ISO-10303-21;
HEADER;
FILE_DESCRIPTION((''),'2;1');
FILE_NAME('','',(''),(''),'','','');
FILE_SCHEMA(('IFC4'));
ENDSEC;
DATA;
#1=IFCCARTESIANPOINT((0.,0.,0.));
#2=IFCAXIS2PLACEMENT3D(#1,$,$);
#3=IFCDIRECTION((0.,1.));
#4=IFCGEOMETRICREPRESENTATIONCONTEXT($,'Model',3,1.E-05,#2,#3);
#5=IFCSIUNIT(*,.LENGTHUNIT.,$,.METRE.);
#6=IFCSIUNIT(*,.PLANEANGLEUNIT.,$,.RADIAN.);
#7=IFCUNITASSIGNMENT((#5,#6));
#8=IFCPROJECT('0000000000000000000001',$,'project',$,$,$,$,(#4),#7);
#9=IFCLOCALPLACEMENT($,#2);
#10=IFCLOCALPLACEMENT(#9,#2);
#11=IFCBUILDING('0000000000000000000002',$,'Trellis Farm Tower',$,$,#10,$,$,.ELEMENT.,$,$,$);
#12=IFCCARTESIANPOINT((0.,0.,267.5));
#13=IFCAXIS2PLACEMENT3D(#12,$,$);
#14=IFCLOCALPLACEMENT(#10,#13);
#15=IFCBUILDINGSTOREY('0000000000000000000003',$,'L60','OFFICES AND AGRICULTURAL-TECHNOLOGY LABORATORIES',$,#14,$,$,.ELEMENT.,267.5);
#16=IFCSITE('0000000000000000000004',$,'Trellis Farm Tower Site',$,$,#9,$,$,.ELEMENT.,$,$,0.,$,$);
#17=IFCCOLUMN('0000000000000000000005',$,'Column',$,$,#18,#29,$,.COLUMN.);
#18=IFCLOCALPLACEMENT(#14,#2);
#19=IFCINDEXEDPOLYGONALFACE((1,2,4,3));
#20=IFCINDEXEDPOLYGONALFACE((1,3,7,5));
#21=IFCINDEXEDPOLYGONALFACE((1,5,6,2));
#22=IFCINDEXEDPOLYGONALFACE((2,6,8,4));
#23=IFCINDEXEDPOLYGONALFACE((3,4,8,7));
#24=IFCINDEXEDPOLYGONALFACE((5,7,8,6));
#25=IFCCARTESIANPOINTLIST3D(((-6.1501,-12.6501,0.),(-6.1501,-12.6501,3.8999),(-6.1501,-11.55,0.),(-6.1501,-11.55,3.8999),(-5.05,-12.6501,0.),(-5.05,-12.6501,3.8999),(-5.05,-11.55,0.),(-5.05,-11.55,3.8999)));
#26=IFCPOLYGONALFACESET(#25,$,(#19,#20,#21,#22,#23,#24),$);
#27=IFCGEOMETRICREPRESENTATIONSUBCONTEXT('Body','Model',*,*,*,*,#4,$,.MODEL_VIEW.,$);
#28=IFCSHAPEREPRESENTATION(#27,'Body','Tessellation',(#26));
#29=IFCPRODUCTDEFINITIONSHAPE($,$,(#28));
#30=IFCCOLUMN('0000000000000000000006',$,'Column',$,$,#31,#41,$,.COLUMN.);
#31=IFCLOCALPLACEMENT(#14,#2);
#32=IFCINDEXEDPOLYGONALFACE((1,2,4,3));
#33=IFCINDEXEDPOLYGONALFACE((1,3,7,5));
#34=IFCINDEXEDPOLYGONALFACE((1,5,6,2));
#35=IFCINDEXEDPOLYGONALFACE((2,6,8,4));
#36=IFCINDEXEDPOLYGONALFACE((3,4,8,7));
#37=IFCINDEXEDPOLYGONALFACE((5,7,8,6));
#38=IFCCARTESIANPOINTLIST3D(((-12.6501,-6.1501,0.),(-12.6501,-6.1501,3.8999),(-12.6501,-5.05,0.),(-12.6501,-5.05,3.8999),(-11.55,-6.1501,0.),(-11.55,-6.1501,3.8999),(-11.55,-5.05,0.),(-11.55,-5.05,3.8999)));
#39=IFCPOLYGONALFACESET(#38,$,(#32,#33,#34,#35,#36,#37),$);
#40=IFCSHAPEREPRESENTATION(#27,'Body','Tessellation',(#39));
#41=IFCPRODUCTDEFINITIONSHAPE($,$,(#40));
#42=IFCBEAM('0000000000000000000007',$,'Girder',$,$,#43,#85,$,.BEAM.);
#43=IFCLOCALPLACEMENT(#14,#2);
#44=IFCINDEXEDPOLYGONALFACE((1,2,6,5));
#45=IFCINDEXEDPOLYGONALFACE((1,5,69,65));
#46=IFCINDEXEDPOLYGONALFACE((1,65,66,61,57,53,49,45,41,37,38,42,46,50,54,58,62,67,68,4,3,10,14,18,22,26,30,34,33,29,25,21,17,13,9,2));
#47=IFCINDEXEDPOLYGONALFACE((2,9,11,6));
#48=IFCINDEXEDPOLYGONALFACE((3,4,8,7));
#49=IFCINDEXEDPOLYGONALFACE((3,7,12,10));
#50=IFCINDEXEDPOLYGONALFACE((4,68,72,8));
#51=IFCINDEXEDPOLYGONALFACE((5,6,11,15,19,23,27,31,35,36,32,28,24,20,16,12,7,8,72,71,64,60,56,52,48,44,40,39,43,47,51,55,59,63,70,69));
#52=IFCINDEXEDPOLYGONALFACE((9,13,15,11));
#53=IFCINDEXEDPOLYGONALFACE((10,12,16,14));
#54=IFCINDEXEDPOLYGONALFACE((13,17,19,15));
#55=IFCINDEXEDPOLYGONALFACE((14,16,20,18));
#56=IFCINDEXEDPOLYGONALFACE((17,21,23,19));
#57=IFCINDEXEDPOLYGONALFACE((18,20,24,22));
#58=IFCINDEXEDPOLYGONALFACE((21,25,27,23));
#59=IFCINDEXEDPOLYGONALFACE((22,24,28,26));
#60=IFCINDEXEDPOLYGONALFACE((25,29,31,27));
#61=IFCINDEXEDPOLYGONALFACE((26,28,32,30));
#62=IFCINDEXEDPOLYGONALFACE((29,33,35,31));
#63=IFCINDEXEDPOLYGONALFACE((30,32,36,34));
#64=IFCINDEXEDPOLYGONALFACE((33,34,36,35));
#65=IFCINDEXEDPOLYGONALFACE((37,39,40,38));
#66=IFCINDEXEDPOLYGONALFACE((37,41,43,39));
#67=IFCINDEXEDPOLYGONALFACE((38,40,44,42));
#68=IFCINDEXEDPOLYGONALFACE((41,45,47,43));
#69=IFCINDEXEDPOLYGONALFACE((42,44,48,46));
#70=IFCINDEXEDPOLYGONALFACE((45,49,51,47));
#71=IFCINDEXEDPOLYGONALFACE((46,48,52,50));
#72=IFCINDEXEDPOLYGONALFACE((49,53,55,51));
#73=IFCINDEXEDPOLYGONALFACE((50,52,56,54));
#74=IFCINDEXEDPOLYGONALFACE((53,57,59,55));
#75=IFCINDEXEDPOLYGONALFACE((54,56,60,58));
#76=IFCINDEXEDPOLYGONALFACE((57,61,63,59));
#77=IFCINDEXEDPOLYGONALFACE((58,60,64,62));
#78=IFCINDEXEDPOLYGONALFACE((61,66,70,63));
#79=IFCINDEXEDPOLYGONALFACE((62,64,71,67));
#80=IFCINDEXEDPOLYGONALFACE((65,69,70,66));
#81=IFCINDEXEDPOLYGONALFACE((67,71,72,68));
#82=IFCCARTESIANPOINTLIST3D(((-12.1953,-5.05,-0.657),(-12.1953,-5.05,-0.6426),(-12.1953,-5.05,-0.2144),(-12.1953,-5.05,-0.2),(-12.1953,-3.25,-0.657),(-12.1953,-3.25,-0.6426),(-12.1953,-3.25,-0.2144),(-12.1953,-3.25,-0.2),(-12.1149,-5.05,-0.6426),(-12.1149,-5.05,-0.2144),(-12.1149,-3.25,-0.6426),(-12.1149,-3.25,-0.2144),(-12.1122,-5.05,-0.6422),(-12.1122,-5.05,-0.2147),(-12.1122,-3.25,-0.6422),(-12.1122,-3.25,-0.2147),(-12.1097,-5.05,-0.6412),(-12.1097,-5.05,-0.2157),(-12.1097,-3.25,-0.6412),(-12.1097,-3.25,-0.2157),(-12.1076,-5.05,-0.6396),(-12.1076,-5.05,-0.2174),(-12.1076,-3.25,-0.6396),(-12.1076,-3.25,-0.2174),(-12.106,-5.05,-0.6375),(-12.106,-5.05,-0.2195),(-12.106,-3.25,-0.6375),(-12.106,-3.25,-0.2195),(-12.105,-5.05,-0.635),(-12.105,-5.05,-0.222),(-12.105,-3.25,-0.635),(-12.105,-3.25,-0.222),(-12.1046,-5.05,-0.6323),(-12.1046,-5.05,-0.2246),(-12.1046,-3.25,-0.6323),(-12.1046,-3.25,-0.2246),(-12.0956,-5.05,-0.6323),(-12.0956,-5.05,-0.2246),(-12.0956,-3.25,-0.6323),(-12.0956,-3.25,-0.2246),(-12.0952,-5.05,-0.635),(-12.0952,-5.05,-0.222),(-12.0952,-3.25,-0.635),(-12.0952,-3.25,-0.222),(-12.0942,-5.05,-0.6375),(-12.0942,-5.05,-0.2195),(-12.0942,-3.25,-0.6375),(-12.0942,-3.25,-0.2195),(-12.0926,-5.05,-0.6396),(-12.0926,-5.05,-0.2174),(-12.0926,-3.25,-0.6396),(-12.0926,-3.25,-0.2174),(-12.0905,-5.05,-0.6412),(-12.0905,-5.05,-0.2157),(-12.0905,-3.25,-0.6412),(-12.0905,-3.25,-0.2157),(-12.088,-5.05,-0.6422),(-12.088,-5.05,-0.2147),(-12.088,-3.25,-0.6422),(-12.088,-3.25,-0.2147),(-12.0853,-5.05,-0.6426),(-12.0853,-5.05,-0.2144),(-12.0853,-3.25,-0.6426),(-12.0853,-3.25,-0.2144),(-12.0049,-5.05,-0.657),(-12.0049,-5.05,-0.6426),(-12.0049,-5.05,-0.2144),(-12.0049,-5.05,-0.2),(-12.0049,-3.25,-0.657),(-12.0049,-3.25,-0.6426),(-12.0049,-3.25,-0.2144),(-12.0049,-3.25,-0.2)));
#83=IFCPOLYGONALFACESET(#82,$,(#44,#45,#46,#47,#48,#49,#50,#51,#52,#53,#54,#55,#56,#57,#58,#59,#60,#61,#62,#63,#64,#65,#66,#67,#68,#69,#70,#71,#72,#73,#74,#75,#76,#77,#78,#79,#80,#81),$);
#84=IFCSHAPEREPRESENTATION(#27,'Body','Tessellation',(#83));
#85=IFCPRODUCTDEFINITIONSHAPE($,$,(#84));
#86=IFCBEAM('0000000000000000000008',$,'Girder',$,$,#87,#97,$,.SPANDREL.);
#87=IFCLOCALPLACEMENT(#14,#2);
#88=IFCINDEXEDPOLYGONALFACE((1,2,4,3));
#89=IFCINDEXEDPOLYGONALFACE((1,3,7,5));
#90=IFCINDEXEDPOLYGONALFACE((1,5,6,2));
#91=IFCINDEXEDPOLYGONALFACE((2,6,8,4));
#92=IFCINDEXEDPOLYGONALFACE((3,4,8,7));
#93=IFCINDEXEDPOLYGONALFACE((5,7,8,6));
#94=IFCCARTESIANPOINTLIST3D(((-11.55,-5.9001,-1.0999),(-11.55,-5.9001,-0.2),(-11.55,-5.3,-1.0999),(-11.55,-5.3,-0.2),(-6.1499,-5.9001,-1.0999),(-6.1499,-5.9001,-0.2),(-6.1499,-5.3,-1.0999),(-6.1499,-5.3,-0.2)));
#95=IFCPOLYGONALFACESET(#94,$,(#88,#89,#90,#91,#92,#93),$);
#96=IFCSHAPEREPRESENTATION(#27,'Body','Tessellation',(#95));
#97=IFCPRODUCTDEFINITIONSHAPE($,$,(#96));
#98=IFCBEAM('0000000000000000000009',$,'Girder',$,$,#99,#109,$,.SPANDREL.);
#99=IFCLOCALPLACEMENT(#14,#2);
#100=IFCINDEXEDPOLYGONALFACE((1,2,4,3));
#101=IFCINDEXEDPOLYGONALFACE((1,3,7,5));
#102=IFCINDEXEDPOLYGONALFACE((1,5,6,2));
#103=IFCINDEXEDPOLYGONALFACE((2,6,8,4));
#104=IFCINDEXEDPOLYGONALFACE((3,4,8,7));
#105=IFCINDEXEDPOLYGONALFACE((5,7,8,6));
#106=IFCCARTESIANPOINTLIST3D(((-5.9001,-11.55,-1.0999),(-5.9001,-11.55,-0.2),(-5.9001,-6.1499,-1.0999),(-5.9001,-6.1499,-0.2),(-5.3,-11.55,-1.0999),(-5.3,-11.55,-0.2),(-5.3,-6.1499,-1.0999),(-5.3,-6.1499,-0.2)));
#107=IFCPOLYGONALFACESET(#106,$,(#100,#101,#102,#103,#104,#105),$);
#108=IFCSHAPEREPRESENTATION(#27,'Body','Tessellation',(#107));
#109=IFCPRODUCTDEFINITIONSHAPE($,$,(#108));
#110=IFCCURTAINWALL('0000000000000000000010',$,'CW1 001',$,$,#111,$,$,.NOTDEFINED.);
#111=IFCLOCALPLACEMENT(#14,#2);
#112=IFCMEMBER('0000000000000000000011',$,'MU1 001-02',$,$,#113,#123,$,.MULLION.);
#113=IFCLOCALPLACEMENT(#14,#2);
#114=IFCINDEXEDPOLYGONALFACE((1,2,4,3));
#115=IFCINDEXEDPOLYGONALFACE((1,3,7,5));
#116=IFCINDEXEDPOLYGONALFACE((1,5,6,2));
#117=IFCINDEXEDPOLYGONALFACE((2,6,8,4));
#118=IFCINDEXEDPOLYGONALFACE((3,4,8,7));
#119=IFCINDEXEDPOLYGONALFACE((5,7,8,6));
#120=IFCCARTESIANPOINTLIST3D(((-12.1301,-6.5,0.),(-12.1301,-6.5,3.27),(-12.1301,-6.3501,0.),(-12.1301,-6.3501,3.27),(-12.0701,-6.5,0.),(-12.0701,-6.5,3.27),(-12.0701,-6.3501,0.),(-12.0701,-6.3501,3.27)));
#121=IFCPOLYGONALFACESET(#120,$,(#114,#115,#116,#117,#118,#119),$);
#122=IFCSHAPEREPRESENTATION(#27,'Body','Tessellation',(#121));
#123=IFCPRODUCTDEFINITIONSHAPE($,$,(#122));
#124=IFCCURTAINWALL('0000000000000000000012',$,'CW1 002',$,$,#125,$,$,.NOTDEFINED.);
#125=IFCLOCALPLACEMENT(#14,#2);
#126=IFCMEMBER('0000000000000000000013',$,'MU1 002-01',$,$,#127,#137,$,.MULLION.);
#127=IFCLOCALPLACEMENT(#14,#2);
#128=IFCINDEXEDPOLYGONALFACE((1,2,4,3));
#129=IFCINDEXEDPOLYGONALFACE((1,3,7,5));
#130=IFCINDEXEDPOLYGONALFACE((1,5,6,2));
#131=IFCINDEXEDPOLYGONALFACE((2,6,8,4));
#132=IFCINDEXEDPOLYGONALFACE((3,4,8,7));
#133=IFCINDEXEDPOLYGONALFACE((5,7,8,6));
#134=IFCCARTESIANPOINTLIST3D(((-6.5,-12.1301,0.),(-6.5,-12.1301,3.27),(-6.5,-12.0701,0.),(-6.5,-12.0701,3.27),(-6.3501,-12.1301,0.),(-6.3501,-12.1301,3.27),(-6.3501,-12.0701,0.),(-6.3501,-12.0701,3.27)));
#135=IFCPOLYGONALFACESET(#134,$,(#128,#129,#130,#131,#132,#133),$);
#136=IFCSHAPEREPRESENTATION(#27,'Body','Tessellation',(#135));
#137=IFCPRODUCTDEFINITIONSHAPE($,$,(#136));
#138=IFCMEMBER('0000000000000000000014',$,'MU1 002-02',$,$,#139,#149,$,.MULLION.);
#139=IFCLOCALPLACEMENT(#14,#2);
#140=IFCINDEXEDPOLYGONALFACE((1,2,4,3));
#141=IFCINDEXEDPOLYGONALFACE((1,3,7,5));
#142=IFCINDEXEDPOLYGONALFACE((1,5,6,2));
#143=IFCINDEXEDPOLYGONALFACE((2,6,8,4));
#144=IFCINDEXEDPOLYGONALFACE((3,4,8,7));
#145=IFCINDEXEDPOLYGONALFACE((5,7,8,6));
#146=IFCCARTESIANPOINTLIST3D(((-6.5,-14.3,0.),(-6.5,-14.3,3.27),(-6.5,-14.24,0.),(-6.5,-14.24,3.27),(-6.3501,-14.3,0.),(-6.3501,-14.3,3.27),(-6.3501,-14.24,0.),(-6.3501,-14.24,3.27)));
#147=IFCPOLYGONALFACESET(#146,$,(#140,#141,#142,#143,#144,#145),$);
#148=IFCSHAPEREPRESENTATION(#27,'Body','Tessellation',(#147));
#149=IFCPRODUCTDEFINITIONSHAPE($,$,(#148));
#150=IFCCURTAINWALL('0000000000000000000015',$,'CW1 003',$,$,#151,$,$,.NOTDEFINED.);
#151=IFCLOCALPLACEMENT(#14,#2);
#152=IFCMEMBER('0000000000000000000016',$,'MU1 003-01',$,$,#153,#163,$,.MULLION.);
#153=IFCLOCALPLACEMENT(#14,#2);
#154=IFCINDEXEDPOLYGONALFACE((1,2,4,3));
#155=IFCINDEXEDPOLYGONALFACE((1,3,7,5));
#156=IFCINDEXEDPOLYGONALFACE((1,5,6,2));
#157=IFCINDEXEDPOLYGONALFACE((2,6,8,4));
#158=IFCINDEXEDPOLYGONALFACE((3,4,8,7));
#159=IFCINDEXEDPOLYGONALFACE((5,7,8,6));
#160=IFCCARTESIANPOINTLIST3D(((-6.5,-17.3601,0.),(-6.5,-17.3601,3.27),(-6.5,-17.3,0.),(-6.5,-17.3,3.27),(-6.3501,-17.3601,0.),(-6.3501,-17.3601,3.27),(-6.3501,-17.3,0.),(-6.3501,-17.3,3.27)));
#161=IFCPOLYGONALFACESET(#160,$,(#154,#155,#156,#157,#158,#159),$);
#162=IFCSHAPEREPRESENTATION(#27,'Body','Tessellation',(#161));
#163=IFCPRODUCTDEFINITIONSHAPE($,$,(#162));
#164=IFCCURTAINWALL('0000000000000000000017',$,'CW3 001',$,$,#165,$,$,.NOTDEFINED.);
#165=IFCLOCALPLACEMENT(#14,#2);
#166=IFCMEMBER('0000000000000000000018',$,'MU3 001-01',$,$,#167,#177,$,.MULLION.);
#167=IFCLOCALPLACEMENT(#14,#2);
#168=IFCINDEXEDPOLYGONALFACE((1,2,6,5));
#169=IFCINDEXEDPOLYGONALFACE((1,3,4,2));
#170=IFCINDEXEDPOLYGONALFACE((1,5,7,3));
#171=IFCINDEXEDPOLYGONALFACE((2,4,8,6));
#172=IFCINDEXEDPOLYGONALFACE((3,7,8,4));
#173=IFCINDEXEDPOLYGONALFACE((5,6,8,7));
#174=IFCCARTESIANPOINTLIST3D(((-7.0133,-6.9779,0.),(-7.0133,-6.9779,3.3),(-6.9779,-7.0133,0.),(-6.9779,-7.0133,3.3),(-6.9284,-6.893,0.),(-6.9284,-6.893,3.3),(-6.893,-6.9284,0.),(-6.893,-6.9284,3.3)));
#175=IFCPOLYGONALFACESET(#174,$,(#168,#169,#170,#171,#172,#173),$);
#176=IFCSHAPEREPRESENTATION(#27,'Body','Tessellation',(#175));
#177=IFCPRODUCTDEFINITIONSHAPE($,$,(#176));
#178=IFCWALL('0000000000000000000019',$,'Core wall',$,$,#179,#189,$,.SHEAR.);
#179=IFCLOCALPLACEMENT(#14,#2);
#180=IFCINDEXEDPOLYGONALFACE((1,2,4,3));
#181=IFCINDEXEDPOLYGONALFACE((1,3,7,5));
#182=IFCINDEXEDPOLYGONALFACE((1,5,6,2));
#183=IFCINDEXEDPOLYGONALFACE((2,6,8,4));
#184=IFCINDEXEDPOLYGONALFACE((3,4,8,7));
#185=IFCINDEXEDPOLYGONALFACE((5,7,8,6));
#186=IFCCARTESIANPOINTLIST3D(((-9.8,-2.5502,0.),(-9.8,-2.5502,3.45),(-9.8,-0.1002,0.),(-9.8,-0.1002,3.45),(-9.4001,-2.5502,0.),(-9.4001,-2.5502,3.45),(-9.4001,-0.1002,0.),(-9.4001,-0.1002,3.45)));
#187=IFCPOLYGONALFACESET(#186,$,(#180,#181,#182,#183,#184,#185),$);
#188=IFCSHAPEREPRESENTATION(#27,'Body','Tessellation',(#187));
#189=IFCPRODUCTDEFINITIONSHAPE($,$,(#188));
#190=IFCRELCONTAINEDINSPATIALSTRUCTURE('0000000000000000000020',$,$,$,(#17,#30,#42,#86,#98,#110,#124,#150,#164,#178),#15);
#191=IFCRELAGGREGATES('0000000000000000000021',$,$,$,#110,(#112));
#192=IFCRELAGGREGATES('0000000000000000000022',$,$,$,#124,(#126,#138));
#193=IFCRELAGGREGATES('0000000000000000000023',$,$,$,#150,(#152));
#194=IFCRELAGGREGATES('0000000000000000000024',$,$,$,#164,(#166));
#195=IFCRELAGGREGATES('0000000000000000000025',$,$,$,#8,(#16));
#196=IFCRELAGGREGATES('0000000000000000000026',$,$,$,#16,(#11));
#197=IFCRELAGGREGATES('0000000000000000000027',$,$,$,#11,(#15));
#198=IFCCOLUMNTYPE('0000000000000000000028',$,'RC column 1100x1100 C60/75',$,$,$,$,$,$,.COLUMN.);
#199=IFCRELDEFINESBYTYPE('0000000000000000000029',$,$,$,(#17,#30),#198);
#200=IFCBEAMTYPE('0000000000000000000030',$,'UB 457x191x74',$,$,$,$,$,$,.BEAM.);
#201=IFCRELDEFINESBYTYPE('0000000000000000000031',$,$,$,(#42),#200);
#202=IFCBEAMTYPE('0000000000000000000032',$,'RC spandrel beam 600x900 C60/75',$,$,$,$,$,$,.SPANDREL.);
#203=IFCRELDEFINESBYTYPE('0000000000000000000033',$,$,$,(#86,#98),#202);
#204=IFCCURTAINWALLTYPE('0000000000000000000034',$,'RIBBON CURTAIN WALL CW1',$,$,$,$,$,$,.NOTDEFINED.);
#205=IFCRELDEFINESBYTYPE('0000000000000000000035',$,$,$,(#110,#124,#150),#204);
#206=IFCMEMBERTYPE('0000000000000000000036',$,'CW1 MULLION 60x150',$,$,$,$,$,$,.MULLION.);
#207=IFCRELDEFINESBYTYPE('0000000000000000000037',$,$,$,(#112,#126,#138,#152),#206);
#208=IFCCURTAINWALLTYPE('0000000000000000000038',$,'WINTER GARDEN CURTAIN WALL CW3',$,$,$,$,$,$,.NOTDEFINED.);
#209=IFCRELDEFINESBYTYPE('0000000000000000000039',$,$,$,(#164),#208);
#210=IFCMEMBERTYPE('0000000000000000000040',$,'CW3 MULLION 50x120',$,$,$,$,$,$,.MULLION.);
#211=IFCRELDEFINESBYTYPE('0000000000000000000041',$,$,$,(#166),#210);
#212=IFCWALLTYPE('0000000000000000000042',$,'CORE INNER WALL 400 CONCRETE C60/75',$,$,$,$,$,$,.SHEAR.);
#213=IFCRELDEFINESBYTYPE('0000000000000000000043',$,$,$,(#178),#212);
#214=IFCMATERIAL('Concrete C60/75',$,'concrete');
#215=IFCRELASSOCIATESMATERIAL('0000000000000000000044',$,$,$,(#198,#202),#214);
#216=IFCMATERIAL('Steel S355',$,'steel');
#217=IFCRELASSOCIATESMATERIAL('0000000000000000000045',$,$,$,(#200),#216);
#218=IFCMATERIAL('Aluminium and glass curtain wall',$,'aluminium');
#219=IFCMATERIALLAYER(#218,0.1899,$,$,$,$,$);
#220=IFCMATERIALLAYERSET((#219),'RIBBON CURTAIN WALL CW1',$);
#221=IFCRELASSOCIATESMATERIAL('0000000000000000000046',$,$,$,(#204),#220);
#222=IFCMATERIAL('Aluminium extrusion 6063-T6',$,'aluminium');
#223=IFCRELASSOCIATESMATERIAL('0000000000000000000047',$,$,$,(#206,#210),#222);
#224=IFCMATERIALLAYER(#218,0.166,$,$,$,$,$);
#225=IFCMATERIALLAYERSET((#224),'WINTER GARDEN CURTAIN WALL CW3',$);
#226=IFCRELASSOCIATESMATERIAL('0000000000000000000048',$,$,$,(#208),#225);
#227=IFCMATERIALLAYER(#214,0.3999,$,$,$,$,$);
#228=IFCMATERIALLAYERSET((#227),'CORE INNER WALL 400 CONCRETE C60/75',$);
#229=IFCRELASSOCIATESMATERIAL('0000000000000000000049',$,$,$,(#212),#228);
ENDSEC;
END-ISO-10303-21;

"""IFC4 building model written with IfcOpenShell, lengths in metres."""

from ifc_helpers import new_model, si_unit, direction, frame, frame_2d, origin, origin_2d, place, context, subcontext, project, spatial, rectangle, i_section, extrude, source, transform, mapped, material, layer, layer_set, material_profile, profile_set, type_object, element, aggregate, save


model = new_model("IFC4")

# Units and contexts
model_context = context("Model", 3, precision=1e-05, world=origin(), true_north=direction((0.0, 1.0)))
body_context = subcontext(model_context, "Body", "Model", "MODEL_VIEW")
ifc_project = project(units=[si_unit("LENGTHUNIT", "METRE"), si_unit("PLANEANGLEUNIT", "RADIAN")], contexts=[model_context])

# Site, building, storey
site_placement = place(None, origin())
site = spatial("IfcSite", under=ifc_project, at=site_placement, Name="Trellis Farm Tower Site", CompositionType="ELEMENT", RefElevation=0.0)
building_placement = place(site_placement, origin())
building = spatial("IfcBuilding", under=site, at=building_placement, Name="Trellis Farm Tower", CompositionType="ELEMENT")
storey_placement = place(building_placement, frame((0.0, 0.0, 267.5)))
storey = spatial("IfcBuildingStorey", under=building, at=storey_placement, Name="L60", Description="OFFICES AND AGRICULTURAL-TECHNOLOGY LABORATORIES", CompositionType="ELEMENT", Elevation=267.5)

# Columns
ifc_material_1 = material(Name="Concrete C60/75", Category="concrete")
ifc_material_profile_1 = material_profile(ifc_material_1, rectangle(XDim=1.1001, YDim=1.1001, at=origin_2d()), Name="RC column 1100x1100 C60/75")
ifc_profile_set_1 = profile_set([ifc_material_profile_1], Name="Concrete C60/75")
column_type = type_object("IfcColumnType", Name="RC column 1100x1100 C60/75", PredefinedType="COLUMN", material=ifc_profile_set_1)
shared_shape_1 = source(origin(), body_context, "Body", "SweptSolid", [
    extrude(rectangle(XDim=1.1001, YDim=1.1001, at=origin_2d()), origin(), (0.0, 0.0, 1.0), 3.8999),
])
for number, where, z_axis, x_axis, name in (
    (1, (-5.6001, -12.1001, 0.0), (0.0, 0.0, 1.0), (1.0, 0.0, 0.0), "Column"),
    (2, (-12.1001, -5.6001, 0.0), (0.0, 0.0, 1.0), (1.0, 0.0, 0.0), "Column"),
):
    element("IfcColumn", number, at=place(storey_placement, frame(where, z_axis=z_axis, x_axis=x_axis)), inside=storey, type_object=column_type, Name=name, PredefinedType="COLUMN", context=body_context, shape_type="MappedRepresentation", body=[
        mapped(shared_shape_1, transform((0.0, 0.0, 0.0))),
    ])

# Beams
ifc_material_2 = material(Name="Steel S355", Category="steel")
ifc_material_profile_2 = material_profile(ifc_material_2, i_section(OverallWidth=0.1904, OverallDepth=0.457, WebThickness=0.009, FlangeThickness=0.0144, FilletRadius=0.0103, at=origin_2d()), Name="UB 457x191x74")
ifc_profile_set_2 = profile_set([ifc_material_profile_2], Name="Steel S355")
beam_type_1 = type_object("IfcBeamType", Name="UB 457x191x74", PredefinedType="BEAM", material=ifc_profile_set_2)
shared_shape_2 = source(origin(), body_context, "Body", "SweptSolid", [
    extrude(i_section(OverallWidth=0.1904, OverallDepth=0.457, WebThickness=0.009, FlangeThickness=0.0144, FilletRadius=0.0103, at=origin_2d()), origin(), (0.0, 0.0, 1.0), 1.8),
])
beam_placement = place(storey_placement, frame((-12.1001, -5.05, -0.4285), z_axis=(0.0, 1.0, 0.0), x_axis=(-1.0, 0.0, 0.0)))
element("IfcBeam", 3, at=beam_placement, inside=storey, type_object=beam_type_1, Name="Girder", PredefinedType="BEAM", context=body_context, shape_type="MappedRepresentation", body=[
    mapped(shared_shape_2, transform((0.0, 0.0, 0.0))),
])
ifc_material_profile_3 = material_profile(ifc_material_1, rectangle(XDim=0.6001, YDim=0.8999, at=origin_2d()), Name="RC spandrel beam 600x900 C60/75")
ifc_profile_set_3 = profile_set([ifc_material_profile_3], Name="Concrete C60/75")
beam_type_2 = type_object("IfcBeamType", Name="RC spandrel beam 600x900 C60/75", PredefinedType="SPANDREL", material=ifc_profile_set_3)
shared_shape_3 = source(origin(), body_context, "Body", "SweptSolid", [
    extrude(rectangle(XDim=0.6001, YDim=0.8999, at=origin_2d()), origin(), (0.0, 0.0, 1.0), 5.4001),
])
for number, where, z_axis, x_axis, name in (
    (4, (-11.55, -5.6001, -0.6499), (1.0, 0.0, 0.0), (0.0, 1.0, 0.0), "Girder"),
    (5, (-5.6001, -11.55, -0.6499), (0.0, 1.0, 0.0), (-1.0, 0.0, 0.0), "Girder"),
):
    element("IfcBeam", number, at=place(storey_placement, frame(where, z_axis=z_axis, x_axis=x_axis)), inside=storey, type_object=beam_type_2, Name=name, PredefinedType="SPANDREL", context=body_context, shape_type="MappedRepresentation", body=[
        mapped(shared_shape_3, transform((0.0, 0.0, 0.0))),
    ])

# Curtain wall, member
ifc_material_3 = material(Name="Aluminium and glass curtain wall", Category="aluminium")
ifc_layer_1 = layer(ifc_material_3, 0.1899)
ifc_layer_set_1 = layer_set([ifc_layer_1], Name="RIBBON CURTAIN WALL CW1")
curtain_wall_type_1 = type_object("IfcCurtainWallType", Name="RIBBON CURTAIN WALL CW1", PredefinedType="NOTDEFINED", material=ifc_layer_set_1)
placement = place(storey_placement, origin())
curtain_wall_1 = element("IfcCurtainWall", 6, at=placement, inside=storey, type_object=curtain_wall_type_1, Name="CW1 001", PredefinedType="NOTDEFINED")
ifc_material_4 = material(Name="Aluminium extrusion 6063-T6", Category="aluminium")
ifc_material_profile_4 = material_profile(ifc_material_4, rectangle(XDim=0.0601, YDim=0.1499, at=origin_2d()), Name="MULLION 60x150")
ifc_profile_set_4 = profile_set([ifc_material_profile_4], Name="Aluminium extrusion 6063-T6")
member_type_1 = type_object("IfcMemberType", Name="CW1 MULLION 60x150", PredefinedType="MULLION", material=ifc_profile_set_4)
shared_shape_4 = source(origin(), body_context, "Body", "SweptSolid", [
    extrude(rectangle(XDim=0.0601, YDim=0.1499, at=origin_2d()), origin(), (0.0, 0.0, 1.0), 3.27),
])
member_1_placement = place(storey_placement, frame((-12.1001, -6.425, 0.0), z_axis=(0.0, 0.0, 1.0), x_axis=(1.0, 0.0, 0.0)))
member_1 = element("IfcMember", 7, at=member_1_placement, type_object=member_type_1, Name="MU1 001-02", PredefinedType="MULLION", context=body_context, shape_type="MappedRepresentation", body=[
    mapped(shared_shape_4, transform((0.0, 0.0, 0.0))),
])
aggregate(curtain_wall_1, [member_1])

# Curtain wall, members
curtain_wall_2 = element("IfcCurtainWall", 8, at=placement, inside=storey, type_object=curtain_wall_type_1, Name="CW1 002", PredefinedType="NOTDEFINED")
member_2_placement = place(storey_placement, frame((-6.425, -12.1001, 0.0), z_axis=(0.0, 0.0, 1.0), x_axis=(0.0, -1.0, 0.0)))
member_2 = element("IfcMember", 9, at=member_2_placement, type_object=member_type_1, Name="MU1 002-01", PredefinedType="MULLION", context=body_context, shape_type="MappedRepresentation", body=[
    mapped(shared_shape_4, transform((0.0, 0.0, 0.0))),
])
member_3_placement = place(storey_placement, frame((-6.425, -14.27, 0.0), z_axis=(0.0, 0.0, 1.0), x_axis=(0.0, -1.0, 0.0)))
member_3 = element("IfcMember", 10, at=member_3_placement, type_object=member_type_1, Name="MU1 002-02", PredefinedType="MULLION", context=body_context, shape_type="MappedRepresentation", body=[
    mapped(shared_shape_4, transform((0.0, 0.0, 0.0))),
])
aggregate(curtain_wall_2, [member_2, member_3])

# Curtain walls, members
curtain_wall_3 = element("IfcCurtainWall", 11, at=placement, inside=storey, type_object=curtain_wall_type_1, Name="CW1 003", PredefinedType="NOTDEFINED")
member_4_placement = place(storey_placement, frame((-6.425, -17.3301, 0.0), z_axis=(0.0, 0.0, 1.0), x_axis=(0.0, -1.0, 0.0)))
member_4 = element("IfcMember", 12, at=member_4_placement, type_object=member_type_1, Name="MU1 003-01", PredefinedType="MULLION", context=body_context, shape_type="MappedRepresentation", body=[
    mapped(shared_shape_4, transform((0.0, 0.0, 0.0))),
])
aggregate(curtain_wall_3, [member_4])
ifc_layer_2 = layer(ifc_material_3, 0.166)
ifc_layer_set_2 = layer_set([ifc_layer_2], Name="WINTER GARDEN CURTAIN WALL CW3")
curtain_wall_type_2 = type_object("IfcCurtainWallType", Name="WINTER GARDEN CURTAIN WALL CW3", PredefinedType="NOTDEFINED", material=ifc_layer_set_2)
curtain_wall_4 = element("IfcCurtainWall", 13, at=placement, inside=storey, type_object=curtain_wall_type_2, Name="CW3 001", PredefinedType="NOTDEFINED")
ifc_material_profile_5 = material_profile(ifc_material_4, rectangle(XDim=0.05, YDim=0.1201, at=origin_2d()), Name="MULLION 50x120")
ifc_profile_set_5 = profile_set([ifc_material_profile_5], Name="Aluminium extrusion 6063-T6")
member_type_2 = type_object("IfcMemberType", Name="CW3 MULLION 50x120", PredefinedType="MULLION", material=ifc_profile_set_5)
shared_shape_5 = source(origin(), body_context, "Body", "SweptSolid", [
    extrude(rectangle(XDim=0.05, YDim=0.1201, at=origin_2d()), origin(), (0.0, 0.0, 1.0), 3.3),
])
member_5_placement = place(storey_placement, frame((-6.9531, -6.9531, 0.0), z_axis=(0.0, 0.0, 1.0), x_axis=(0.707107, -0.707107, 0.0)))
member_5 = element("IfcMember", 14, at=member_5_placement, type_object=member_type_2, Name="MU3 001-01", PredefinedType="MULLION", context=body_context, shape_type="MappedRepresentation", body=[
    mapped(shared_shape_5, transform((0.0, 0.0, 0.0))),
])
aggregate(curtain_wall_4, [member_5])

# Wall
ifc_layer_3 = layer(ifc_material_1, 0.3999)
ifc_layer_set_3 = layer_set([ifc_layer_3], Name="CORE INNER WALL 400 CONCRETE C60/75")
wall_type_1 = type_object("IfcWallType", Name="CORE INNER WALL 400 CONCRETE C60/75", PredefinedType="SHEAR", material=ifc_layer_set_3)
shared_shape_6 = source(origin(), body_context, "Body", "SweptSolid", [
    extrude(rectangle(XDim=2.45, YDim=0.3999, at=frame_2d((1.2251, 0.0))), origin(), (0.0, 0.0, 1.0), 3.45),
])
for number, where, z_axis, x_axis, name in (
    (15, (-9.6001, -0.1001, 0.0), (0.0, 0.0, 1.0), (0.0, -1.0, 0.0), "Core wall"),
):
    element("IfcWall", number, at=place(storey_placement, frame(where, z_axis=z_axis, x_axis=x_axis)), inside=storey, type_object=wall_type_1, Name=name, PredefinedType="SHEAR", context=body_context, shape_type="MappedRepresentation", body=[
        mapped(shared_shape_6, transform((0.0, 0.0, 0.0))),
    ])

save(model, "model.ifc")
